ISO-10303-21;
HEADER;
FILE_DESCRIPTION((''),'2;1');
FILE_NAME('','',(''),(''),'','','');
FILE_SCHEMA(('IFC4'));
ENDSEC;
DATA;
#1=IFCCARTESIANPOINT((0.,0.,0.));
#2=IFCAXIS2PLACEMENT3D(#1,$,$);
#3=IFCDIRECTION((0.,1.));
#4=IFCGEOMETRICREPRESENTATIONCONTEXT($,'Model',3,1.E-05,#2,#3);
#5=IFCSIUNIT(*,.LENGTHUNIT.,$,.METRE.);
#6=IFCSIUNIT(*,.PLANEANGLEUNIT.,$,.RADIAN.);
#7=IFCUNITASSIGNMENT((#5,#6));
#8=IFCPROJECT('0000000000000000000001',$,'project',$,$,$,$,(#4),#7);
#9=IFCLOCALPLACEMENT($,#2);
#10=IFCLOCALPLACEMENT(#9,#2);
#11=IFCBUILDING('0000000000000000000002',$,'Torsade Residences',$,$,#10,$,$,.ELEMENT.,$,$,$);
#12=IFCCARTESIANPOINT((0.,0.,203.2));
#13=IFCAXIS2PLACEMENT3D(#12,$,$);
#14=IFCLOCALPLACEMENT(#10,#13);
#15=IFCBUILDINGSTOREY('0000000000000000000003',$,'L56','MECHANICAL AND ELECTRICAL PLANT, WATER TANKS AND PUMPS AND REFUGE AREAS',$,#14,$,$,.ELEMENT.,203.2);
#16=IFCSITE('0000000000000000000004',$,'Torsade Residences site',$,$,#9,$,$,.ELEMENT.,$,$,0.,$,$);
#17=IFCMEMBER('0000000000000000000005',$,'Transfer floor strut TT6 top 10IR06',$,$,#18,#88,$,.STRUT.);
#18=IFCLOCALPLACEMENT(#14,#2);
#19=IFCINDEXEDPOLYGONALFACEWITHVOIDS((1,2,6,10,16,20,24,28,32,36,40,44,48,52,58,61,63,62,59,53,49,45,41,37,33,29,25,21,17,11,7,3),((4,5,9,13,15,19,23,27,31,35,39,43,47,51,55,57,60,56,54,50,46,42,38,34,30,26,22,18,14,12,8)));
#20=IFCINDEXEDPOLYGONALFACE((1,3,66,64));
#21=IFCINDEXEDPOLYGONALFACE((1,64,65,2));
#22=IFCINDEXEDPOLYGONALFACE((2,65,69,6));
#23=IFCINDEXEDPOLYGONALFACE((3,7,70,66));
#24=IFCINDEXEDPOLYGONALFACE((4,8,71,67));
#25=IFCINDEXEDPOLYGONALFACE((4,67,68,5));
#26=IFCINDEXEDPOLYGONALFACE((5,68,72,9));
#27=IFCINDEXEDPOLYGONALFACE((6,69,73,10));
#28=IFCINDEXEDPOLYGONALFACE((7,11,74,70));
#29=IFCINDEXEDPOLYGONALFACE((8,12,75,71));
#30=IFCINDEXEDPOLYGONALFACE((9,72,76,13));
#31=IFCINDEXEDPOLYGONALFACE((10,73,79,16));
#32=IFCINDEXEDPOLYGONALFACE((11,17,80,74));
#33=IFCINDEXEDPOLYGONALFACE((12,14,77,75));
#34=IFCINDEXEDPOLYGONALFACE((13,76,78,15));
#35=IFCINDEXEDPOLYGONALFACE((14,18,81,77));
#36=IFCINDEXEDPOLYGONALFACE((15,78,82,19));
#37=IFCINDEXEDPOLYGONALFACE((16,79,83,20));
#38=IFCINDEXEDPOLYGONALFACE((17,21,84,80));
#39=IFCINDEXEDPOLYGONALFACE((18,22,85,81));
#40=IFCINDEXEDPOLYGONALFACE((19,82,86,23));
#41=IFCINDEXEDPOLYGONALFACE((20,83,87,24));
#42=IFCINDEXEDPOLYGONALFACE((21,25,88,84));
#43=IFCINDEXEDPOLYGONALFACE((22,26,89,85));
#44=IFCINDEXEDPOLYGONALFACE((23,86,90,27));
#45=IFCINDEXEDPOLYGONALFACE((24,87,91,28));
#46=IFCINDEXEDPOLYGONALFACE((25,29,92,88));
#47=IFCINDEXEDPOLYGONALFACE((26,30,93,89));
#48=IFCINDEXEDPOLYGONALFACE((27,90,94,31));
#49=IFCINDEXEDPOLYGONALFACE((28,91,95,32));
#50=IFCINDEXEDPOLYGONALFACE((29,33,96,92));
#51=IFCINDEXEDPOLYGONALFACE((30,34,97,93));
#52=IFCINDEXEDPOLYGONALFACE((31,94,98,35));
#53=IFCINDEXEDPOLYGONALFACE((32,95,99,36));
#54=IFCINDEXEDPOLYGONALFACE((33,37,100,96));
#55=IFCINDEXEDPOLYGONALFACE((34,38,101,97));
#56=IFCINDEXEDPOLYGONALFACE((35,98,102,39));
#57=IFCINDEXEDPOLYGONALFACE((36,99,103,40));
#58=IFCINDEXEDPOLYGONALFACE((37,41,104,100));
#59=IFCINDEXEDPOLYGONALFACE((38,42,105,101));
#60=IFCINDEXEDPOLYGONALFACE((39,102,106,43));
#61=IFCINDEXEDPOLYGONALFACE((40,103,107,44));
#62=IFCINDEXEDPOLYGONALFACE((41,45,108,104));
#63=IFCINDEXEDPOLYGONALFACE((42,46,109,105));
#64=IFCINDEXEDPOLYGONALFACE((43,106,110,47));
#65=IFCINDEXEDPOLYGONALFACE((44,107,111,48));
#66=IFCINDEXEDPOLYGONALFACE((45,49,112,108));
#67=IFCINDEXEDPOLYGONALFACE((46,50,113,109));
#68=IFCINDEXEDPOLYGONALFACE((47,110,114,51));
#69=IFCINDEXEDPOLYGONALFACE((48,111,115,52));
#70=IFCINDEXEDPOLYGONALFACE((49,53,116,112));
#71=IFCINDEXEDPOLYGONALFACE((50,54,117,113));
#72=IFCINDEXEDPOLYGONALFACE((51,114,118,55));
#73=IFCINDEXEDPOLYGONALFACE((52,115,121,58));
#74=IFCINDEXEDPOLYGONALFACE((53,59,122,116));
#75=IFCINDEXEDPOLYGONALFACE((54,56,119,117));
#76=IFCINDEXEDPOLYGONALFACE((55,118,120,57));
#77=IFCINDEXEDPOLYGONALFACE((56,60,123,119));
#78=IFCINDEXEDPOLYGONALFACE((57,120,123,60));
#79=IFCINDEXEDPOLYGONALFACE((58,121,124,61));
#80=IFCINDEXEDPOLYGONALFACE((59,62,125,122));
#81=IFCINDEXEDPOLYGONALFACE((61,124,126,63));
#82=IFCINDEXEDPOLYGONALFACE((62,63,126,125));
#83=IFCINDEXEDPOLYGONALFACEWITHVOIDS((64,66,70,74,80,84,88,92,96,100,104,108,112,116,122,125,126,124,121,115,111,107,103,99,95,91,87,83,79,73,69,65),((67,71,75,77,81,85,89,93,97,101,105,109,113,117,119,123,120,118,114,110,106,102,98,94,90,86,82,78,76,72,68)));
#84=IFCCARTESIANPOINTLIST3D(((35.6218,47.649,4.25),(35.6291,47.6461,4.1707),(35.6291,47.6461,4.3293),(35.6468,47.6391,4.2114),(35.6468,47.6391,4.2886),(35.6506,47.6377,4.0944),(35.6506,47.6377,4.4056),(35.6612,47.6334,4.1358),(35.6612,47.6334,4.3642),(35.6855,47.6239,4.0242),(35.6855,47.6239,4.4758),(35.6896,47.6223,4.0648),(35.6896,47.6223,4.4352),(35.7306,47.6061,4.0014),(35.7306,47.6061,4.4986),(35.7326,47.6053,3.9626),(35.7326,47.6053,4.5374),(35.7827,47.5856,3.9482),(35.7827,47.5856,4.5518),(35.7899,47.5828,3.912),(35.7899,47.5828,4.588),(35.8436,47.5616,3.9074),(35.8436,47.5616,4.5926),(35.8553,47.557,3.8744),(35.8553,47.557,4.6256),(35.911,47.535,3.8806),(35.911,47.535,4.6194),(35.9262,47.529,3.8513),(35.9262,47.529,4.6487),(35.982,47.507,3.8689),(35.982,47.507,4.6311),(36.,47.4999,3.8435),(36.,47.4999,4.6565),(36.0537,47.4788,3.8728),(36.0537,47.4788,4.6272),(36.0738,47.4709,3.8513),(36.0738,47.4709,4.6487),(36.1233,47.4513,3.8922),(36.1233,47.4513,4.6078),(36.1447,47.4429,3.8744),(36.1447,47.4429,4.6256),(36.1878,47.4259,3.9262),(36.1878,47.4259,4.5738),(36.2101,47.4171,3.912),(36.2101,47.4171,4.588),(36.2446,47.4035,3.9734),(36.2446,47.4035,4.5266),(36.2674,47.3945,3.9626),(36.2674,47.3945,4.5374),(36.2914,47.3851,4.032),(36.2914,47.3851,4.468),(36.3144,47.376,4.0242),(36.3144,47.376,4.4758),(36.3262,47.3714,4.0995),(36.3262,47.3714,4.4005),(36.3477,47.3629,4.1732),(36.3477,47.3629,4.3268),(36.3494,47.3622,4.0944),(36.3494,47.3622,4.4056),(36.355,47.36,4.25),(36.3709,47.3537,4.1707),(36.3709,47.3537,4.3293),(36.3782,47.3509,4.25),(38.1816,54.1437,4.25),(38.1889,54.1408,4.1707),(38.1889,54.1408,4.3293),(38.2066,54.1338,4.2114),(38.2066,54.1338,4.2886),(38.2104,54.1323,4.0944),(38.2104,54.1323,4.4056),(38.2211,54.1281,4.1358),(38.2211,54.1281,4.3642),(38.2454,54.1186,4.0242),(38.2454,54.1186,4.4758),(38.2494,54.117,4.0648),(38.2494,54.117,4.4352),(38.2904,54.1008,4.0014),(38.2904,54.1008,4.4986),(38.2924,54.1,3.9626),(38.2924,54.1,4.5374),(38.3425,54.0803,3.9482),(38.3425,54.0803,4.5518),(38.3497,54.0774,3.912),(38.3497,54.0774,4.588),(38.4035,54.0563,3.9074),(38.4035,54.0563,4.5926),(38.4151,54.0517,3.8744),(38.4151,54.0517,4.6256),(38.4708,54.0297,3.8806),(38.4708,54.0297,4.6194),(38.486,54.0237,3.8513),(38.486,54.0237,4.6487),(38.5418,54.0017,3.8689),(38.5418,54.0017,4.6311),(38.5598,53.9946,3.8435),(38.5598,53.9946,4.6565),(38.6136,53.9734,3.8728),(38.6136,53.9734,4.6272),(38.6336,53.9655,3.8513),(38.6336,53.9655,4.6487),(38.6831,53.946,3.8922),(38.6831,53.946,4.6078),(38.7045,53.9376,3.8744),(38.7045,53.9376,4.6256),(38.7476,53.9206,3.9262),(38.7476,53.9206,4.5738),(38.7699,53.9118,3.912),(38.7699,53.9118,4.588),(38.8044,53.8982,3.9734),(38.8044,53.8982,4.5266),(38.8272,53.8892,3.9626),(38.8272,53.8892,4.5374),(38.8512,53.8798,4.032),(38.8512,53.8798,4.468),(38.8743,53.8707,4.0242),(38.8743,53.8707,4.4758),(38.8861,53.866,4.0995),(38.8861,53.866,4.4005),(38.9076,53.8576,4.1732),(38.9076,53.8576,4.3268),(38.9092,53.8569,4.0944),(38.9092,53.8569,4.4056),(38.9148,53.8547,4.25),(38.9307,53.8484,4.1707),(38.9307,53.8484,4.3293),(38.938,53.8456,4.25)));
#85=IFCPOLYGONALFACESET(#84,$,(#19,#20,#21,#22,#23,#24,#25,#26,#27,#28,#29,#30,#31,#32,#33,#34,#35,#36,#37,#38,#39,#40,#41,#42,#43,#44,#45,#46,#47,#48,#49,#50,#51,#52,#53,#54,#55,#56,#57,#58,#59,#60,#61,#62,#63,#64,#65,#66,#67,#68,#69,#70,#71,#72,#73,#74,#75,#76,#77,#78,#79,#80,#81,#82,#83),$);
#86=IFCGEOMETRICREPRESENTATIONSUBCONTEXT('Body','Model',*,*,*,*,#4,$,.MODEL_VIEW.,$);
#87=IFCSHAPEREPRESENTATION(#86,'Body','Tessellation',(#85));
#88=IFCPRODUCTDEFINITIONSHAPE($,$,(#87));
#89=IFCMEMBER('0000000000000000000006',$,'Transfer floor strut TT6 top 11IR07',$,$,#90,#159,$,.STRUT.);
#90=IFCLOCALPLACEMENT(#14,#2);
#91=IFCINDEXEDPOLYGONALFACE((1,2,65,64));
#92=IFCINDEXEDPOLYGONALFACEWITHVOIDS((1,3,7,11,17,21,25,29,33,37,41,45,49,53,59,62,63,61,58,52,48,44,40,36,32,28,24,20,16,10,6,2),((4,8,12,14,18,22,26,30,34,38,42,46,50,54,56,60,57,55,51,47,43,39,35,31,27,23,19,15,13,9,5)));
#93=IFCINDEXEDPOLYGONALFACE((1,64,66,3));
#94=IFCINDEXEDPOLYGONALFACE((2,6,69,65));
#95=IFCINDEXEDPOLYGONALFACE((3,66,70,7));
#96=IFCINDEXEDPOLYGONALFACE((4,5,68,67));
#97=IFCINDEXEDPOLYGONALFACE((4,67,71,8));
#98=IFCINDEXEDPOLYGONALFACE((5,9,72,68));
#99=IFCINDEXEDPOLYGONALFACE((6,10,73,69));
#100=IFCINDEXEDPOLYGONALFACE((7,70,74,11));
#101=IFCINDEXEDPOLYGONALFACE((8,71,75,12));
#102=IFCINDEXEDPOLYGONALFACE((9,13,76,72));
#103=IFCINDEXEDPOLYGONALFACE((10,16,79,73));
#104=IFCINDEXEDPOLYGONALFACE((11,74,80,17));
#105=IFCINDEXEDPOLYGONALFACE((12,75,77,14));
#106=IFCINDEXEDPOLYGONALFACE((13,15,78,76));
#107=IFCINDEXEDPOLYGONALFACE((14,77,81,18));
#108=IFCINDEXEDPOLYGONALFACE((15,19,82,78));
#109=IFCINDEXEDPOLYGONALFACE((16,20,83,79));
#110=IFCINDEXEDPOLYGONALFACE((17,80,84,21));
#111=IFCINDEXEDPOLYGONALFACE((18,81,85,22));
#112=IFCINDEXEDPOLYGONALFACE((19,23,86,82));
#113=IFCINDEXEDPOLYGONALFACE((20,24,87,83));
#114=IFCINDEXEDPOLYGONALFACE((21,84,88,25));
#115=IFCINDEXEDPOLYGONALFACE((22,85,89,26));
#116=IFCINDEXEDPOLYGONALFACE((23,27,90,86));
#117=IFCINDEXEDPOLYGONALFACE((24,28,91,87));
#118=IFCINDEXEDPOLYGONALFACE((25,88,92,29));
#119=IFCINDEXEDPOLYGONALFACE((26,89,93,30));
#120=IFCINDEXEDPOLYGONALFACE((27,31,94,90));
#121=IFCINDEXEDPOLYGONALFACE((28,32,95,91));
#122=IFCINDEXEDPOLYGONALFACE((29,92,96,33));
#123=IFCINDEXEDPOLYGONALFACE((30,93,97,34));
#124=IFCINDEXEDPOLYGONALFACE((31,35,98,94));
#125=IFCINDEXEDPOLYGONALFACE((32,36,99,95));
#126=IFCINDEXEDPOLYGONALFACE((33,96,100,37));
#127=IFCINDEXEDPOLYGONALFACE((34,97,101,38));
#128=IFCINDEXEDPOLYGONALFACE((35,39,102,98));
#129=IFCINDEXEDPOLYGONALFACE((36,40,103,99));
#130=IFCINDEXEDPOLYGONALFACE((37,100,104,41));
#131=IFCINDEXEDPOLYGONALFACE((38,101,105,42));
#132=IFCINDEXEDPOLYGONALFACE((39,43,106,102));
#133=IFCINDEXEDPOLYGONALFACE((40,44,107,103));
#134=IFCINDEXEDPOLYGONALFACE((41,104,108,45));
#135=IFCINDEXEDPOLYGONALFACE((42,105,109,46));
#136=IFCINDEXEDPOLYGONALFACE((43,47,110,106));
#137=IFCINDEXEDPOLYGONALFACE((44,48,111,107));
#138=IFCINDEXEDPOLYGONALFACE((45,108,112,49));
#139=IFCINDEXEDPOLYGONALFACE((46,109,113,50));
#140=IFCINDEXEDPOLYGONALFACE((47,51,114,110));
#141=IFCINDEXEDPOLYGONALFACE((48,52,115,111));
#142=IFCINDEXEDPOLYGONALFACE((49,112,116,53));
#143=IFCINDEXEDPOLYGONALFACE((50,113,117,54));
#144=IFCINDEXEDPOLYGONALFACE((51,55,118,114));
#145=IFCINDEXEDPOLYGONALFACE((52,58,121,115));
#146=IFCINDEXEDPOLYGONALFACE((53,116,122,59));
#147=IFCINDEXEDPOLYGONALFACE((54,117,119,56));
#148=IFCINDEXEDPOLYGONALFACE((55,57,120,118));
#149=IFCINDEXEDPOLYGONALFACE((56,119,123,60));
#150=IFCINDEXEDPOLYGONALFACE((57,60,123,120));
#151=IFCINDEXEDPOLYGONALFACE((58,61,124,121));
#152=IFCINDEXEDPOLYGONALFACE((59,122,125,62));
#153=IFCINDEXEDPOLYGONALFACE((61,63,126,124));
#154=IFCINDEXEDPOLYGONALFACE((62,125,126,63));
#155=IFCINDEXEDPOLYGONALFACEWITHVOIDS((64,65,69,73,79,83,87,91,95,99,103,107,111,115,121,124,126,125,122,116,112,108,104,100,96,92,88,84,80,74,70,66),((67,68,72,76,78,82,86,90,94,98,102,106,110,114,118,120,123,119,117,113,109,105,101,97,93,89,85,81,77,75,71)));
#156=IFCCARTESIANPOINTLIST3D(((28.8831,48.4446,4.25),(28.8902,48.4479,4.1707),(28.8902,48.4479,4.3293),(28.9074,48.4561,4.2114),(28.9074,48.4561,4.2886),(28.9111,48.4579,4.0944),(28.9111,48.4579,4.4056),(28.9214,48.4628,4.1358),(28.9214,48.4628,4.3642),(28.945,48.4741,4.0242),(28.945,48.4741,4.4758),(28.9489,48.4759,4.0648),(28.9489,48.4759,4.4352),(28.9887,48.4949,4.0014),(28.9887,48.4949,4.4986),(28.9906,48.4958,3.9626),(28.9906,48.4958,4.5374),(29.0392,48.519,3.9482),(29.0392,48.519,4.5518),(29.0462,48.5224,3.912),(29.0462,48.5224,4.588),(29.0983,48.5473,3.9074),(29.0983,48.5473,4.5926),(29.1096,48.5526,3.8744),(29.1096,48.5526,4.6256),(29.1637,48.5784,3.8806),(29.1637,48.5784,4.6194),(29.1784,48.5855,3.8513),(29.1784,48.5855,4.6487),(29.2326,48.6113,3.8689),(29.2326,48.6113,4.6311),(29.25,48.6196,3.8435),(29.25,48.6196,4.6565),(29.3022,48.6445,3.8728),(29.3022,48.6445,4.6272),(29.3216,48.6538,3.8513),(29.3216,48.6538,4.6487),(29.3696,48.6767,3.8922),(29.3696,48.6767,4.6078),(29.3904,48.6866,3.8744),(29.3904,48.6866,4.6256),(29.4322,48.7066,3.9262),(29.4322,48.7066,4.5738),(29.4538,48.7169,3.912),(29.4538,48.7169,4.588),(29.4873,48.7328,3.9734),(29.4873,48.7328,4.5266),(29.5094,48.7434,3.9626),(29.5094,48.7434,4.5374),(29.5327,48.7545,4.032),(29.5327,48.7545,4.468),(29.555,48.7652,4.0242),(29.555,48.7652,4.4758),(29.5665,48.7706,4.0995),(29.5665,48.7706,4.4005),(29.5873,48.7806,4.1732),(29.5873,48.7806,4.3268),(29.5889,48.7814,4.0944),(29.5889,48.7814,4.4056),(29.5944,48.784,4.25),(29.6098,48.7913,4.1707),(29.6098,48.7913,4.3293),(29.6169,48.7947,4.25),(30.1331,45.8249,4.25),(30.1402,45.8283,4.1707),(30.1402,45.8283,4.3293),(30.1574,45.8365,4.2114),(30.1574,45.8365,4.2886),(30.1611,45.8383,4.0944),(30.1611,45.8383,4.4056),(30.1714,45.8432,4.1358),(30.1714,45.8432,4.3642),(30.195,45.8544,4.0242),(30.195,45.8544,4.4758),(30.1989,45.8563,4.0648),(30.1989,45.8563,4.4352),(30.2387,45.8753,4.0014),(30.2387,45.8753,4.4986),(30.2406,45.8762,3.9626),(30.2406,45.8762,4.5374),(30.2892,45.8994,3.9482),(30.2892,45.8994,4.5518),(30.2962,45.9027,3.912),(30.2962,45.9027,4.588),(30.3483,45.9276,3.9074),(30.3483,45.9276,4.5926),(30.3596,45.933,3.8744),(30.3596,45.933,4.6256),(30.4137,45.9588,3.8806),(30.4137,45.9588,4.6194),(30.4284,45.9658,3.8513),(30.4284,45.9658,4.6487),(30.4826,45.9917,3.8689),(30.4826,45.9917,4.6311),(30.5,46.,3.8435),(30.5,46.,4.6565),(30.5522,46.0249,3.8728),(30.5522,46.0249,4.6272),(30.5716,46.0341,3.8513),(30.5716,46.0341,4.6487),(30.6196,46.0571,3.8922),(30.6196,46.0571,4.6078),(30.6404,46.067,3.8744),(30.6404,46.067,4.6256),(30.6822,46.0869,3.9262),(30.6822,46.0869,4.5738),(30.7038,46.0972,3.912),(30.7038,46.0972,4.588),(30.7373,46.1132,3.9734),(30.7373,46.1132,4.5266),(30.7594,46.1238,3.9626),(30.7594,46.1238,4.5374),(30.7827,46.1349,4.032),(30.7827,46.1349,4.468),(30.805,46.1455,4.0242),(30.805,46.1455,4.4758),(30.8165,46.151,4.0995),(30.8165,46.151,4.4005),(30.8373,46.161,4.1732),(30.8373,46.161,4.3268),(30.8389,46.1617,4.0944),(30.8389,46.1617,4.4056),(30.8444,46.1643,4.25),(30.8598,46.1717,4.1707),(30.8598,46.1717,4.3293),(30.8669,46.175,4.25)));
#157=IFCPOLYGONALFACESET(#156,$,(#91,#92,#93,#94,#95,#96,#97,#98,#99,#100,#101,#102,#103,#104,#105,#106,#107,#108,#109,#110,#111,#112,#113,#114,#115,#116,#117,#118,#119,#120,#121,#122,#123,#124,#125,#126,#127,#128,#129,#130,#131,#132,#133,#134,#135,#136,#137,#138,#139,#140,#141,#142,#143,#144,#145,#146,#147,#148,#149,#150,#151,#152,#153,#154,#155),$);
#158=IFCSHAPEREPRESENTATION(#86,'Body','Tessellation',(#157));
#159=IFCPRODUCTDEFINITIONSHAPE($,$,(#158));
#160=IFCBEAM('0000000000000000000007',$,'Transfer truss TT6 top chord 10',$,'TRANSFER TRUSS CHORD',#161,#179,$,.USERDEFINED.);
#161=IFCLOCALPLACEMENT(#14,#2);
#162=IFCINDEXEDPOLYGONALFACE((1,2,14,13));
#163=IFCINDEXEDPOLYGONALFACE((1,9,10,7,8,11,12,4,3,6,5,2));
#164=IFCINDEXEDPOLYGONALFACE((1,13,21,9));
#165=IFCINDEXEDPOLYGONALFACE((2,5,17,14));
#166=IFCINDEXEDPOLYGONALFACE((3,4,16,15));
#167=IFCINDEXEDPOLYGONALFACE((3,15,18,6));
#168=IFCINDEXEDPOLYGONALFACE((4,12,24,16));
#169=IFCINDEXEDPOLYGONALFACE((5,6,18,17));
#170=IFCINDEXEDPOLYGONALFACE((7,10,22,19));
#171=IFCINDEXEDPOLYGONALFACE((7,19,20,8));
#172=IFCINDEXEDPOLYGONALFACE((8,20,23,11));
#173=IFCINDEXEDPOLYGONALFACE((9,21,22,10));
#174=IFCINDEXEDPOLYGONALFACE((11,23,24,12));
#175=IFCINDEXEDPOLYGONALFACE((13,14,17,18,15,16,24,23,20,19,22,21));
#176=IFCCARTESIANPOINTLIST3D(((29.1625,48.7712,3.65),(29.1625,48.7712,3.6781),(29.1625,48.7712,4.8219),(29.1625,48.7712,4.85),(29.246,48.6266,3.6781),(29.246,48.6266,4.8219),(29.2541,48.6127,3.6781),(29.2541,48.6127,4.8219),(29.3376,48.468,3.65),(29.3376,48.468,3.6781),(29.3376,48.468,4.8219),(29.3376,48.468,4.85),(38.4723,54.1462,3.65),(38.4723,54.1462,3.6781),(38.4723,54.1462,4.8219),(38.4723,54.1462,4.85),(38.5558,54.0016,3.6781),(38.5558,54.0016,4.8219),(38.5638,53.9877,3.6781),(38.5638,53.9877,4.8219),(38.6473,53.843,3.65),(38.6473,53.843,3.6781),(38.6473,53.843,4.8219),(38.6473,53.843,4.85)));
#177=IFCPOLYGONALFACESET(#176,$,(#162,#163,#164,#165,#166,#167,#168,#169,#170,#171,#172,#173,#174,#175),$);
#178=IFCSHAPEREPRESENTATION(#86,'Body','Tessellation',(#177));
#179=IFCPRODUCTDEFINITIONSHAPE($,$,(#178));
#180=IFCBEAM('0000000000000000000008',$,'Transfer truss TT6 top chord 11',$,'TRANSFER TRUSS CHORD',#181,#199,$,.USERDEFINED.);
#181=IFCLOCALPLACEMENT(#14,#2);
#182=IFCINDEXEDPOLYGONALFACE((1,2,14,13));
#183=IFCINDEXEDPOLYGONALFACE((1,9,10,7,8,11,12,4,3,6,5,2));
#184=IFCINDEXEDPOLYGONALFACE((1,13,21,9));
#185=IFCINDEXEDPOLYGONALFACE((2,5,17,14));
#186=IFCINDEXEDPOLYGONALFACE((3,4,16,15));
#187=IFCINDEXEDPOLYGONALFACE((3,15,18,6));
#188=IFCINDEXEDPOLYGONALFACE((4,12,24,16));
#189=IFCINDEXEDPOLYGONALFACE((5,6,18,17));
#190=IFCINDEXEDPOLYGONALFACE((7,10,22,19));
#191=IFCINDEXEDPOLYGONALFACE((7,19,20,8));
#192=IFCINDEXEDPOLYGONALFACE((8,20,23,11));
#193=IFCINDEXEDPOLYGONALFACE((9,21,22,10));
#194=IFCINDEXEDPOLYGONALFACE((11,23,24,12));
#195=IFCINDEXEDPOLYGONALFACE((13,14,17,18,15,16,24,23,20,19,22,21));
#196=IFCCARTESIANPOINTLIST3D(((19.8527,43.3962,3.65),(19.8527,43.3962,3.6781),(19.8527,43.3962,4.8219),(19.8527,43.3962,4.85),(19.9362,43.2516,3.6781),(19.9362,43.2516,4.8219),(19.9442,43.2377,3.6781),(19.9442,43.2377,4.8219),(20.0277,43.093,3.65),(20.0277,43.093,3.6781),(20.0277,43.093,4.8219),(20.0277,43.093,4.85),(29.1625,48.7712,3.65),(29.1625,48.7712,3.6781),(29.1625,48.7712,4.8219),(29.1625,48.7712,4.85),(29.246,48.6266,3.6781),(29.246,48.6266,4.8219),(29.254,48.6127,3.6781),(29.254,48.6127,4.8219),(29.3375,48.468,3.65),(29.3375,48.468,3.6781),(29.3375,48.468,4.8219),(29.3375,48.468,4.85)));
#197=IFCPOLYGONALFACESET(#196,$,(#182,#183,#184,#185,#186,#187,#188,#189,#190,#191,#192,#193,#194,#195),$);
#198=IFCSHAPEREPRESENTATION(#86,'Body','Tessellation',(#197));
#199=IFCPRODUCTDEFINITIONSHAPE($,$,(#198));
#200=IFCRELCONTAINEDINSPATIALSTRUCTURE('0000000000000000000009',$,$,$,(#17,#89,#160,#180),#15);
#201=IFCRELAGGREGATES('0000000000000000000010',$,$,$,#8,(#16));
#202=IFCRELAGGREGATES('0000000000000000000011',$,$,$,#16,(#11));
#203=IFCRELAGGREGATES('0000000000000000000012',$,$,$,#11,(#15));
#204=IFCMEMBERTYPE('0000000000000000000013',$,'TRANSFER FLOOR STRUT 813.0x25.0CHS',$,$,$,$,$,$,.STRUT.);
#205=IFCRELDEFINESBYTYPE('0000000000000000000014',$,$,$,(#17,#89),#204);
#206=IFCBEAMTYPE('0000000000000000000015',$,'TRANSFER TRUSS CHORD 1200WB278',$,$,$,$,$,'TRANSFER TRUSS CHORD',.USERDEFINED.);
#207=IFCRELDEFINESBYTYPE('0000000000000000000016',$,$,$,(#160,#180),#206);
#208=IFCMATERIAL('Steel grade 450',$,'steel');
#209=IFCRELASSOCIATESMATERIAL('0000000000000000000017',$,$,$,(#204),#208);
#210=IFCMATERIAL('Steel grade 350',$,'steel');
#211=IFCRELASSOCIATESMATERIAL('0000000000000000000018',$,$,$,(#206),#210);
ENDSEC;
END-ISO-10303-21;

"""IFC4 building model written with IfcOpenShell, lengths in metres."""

from ifc_helpers import new_model, si_unit, direction, frame, origin, origin_2d, place, context, subcontext, project, spatial, hollow_circle, i_section, extrude, material, material_profile, profile_set, type_object, element, save


model = new_model("IFC4")

# Units and contexts
model_context = context("Model", 3, precision=1e-05, world=origin(), true_north=direction((0.0, 1.0)))
body_context = subcontext(model_context, "Body", "Model", "MODEL_VIEW")
ifc_project = project(units=[si_unit("LENGTHUNIT", "METRE"), si_unit("PLANEANGLEUNIT", "RADIAN")], contexts=[model_context])

# Site, building, storey
site_placement = place(None, origin())
site = spatial("IfcSite", under=ifc_project, at=site_placement, Name="Torsade Residences site", CompositionType="ELEMENT", RefElevation=0.0)
building_placement = place(site_placement, origin())
building = spatial("IfcBuilding", under=site, at=building_placement, Name="Torsade Residences", CompositionType="ELEMENT")
storey_placement = place(building_placement, frame((0.0, 0.0, 203.2)))
storey = spatial("IfcBuildingStorey", under=building, at=storey_placement, Name="L56", Description="MECHANICAL AND ELECTRICAL PLANT, WATER TANKS AND PUMPS AND REFUGE AREAS", CompositionType="ELEMENT", Elevation=203.2)

# Members
ifc_material_1 = material(Name="Steel grade 450", Category="steel")
ifc_material_profile_1 = material_profile(ifc_material_1, hollow_circle(Radius=0.4065, WallThickness=0.0249, at=origin_2d()), Name="813.0x25.0CHS")
ifc_profile_set_1 = profile_set([ifc_material_profile_1], Name="Steel grade 450")
member_type_1 = type_object("IfcMemberType", Name="TRANSFER FLOOR STRUT 813.0x25.0CHS", PredefinedType="STRUT", material=ifc_profile_set_1)
member_1_placement = place(storey_placement, frame((38.5598, 53.9946, 4.25), z_axis=(-0.366689, -0.930344, 0.0), x_axis=(0.930344, -0.366689, 0.0)))
element("IfcMember", 1, at=member_1_placement, inside=storey, type_object=member_type_1, Name="Transfer floor strut TT6 top 10IR06", PredefinedType="STRUT", context=body_context, shape_type="SweptSolid", body=[
    extrude(hollow_circle(Radius=0.4065, WallThickness=0.0249, at=origin_2d()), origin(), (0.0, 0.0, 1.0), 6.981),
])
member_2_placement = place(storey_placement, frame((29.25, 48.6196, 4.25), z_axis=(0.430652, -0.902518, 0.0), x_axis=(0.902518, 0.430652, 0.0)))
element("IfcMember", 2, at=member_2_placement, inside=storey, type_object=member_type_1, Name="Transfer floor strut TT6 top 11IR07", PredefinedType="STRUT", context=body_context, shape_type="SweptSolid", body=[
    extrude(hollow_circle(Radius=0.4065, WallThickness=0.0249, at=origin_2d()), origin(), (0.0, 0.0, 1.0), 2.9026),
])

# Beams
ifc_material_2 = material(Name="Steel grade 350", Category="steel")
ifc_material_profile_2 = material_profile(ifc_material_2, i_section(OverallWidth=0.3501, OverallDepth=1.2, WebThickness=0.0161, FlangeThickness=0.0281, at=origin_2d()), Name="1200WB278")
ifc_profile_set_2 = profile_set([ifc_material_profile_2], Name="Steel grade 350")
beam_type_1 = type_object("IfcBeamType", Name="TRANSFER TRUSS CHORD 1200WB278", ElementType="TRANSFER TRUSS CHORD", PredefinedType="USERDEFINED", material=ifc_profile_set_2)
for number, where, z_axis, x_axis, name in (
    (3, (38.5598, 53.9946, 4.25), (-0.866026, -0.499998, 0.0), (0.499998, -0.866026, 0.0), "Transfer truss TT6 top chord 10"),
    (4, (29.25, 48.6196, 4.25), (-0.866026, -0.499998, 0.0), (0.499998, -0.866026, 0.0), "Transfer truss TT6 top chord 11"),
):
    element("IfcBeam", number, at=place(storey_placement, frame(where, z_axis=z_axis, x_axis=x_axis)), inside=storey, type_object=beam_type_1, Name=name, ObjectType="TRANSFER TRUSS CHORD", PredefinedType="USERDEFINED", context=body_context, shape_type="SweptSolid", body=[
        extrude(i_section(OverallWidth=0.3501, OverallDepth=1.2, WebThickness=0.0161, FlangeThickness=0.0281, at=origin_2d()), origin(), (0.0, 0.0, 1.0), 10.75),
    ])

save(model, "model.ifc")
